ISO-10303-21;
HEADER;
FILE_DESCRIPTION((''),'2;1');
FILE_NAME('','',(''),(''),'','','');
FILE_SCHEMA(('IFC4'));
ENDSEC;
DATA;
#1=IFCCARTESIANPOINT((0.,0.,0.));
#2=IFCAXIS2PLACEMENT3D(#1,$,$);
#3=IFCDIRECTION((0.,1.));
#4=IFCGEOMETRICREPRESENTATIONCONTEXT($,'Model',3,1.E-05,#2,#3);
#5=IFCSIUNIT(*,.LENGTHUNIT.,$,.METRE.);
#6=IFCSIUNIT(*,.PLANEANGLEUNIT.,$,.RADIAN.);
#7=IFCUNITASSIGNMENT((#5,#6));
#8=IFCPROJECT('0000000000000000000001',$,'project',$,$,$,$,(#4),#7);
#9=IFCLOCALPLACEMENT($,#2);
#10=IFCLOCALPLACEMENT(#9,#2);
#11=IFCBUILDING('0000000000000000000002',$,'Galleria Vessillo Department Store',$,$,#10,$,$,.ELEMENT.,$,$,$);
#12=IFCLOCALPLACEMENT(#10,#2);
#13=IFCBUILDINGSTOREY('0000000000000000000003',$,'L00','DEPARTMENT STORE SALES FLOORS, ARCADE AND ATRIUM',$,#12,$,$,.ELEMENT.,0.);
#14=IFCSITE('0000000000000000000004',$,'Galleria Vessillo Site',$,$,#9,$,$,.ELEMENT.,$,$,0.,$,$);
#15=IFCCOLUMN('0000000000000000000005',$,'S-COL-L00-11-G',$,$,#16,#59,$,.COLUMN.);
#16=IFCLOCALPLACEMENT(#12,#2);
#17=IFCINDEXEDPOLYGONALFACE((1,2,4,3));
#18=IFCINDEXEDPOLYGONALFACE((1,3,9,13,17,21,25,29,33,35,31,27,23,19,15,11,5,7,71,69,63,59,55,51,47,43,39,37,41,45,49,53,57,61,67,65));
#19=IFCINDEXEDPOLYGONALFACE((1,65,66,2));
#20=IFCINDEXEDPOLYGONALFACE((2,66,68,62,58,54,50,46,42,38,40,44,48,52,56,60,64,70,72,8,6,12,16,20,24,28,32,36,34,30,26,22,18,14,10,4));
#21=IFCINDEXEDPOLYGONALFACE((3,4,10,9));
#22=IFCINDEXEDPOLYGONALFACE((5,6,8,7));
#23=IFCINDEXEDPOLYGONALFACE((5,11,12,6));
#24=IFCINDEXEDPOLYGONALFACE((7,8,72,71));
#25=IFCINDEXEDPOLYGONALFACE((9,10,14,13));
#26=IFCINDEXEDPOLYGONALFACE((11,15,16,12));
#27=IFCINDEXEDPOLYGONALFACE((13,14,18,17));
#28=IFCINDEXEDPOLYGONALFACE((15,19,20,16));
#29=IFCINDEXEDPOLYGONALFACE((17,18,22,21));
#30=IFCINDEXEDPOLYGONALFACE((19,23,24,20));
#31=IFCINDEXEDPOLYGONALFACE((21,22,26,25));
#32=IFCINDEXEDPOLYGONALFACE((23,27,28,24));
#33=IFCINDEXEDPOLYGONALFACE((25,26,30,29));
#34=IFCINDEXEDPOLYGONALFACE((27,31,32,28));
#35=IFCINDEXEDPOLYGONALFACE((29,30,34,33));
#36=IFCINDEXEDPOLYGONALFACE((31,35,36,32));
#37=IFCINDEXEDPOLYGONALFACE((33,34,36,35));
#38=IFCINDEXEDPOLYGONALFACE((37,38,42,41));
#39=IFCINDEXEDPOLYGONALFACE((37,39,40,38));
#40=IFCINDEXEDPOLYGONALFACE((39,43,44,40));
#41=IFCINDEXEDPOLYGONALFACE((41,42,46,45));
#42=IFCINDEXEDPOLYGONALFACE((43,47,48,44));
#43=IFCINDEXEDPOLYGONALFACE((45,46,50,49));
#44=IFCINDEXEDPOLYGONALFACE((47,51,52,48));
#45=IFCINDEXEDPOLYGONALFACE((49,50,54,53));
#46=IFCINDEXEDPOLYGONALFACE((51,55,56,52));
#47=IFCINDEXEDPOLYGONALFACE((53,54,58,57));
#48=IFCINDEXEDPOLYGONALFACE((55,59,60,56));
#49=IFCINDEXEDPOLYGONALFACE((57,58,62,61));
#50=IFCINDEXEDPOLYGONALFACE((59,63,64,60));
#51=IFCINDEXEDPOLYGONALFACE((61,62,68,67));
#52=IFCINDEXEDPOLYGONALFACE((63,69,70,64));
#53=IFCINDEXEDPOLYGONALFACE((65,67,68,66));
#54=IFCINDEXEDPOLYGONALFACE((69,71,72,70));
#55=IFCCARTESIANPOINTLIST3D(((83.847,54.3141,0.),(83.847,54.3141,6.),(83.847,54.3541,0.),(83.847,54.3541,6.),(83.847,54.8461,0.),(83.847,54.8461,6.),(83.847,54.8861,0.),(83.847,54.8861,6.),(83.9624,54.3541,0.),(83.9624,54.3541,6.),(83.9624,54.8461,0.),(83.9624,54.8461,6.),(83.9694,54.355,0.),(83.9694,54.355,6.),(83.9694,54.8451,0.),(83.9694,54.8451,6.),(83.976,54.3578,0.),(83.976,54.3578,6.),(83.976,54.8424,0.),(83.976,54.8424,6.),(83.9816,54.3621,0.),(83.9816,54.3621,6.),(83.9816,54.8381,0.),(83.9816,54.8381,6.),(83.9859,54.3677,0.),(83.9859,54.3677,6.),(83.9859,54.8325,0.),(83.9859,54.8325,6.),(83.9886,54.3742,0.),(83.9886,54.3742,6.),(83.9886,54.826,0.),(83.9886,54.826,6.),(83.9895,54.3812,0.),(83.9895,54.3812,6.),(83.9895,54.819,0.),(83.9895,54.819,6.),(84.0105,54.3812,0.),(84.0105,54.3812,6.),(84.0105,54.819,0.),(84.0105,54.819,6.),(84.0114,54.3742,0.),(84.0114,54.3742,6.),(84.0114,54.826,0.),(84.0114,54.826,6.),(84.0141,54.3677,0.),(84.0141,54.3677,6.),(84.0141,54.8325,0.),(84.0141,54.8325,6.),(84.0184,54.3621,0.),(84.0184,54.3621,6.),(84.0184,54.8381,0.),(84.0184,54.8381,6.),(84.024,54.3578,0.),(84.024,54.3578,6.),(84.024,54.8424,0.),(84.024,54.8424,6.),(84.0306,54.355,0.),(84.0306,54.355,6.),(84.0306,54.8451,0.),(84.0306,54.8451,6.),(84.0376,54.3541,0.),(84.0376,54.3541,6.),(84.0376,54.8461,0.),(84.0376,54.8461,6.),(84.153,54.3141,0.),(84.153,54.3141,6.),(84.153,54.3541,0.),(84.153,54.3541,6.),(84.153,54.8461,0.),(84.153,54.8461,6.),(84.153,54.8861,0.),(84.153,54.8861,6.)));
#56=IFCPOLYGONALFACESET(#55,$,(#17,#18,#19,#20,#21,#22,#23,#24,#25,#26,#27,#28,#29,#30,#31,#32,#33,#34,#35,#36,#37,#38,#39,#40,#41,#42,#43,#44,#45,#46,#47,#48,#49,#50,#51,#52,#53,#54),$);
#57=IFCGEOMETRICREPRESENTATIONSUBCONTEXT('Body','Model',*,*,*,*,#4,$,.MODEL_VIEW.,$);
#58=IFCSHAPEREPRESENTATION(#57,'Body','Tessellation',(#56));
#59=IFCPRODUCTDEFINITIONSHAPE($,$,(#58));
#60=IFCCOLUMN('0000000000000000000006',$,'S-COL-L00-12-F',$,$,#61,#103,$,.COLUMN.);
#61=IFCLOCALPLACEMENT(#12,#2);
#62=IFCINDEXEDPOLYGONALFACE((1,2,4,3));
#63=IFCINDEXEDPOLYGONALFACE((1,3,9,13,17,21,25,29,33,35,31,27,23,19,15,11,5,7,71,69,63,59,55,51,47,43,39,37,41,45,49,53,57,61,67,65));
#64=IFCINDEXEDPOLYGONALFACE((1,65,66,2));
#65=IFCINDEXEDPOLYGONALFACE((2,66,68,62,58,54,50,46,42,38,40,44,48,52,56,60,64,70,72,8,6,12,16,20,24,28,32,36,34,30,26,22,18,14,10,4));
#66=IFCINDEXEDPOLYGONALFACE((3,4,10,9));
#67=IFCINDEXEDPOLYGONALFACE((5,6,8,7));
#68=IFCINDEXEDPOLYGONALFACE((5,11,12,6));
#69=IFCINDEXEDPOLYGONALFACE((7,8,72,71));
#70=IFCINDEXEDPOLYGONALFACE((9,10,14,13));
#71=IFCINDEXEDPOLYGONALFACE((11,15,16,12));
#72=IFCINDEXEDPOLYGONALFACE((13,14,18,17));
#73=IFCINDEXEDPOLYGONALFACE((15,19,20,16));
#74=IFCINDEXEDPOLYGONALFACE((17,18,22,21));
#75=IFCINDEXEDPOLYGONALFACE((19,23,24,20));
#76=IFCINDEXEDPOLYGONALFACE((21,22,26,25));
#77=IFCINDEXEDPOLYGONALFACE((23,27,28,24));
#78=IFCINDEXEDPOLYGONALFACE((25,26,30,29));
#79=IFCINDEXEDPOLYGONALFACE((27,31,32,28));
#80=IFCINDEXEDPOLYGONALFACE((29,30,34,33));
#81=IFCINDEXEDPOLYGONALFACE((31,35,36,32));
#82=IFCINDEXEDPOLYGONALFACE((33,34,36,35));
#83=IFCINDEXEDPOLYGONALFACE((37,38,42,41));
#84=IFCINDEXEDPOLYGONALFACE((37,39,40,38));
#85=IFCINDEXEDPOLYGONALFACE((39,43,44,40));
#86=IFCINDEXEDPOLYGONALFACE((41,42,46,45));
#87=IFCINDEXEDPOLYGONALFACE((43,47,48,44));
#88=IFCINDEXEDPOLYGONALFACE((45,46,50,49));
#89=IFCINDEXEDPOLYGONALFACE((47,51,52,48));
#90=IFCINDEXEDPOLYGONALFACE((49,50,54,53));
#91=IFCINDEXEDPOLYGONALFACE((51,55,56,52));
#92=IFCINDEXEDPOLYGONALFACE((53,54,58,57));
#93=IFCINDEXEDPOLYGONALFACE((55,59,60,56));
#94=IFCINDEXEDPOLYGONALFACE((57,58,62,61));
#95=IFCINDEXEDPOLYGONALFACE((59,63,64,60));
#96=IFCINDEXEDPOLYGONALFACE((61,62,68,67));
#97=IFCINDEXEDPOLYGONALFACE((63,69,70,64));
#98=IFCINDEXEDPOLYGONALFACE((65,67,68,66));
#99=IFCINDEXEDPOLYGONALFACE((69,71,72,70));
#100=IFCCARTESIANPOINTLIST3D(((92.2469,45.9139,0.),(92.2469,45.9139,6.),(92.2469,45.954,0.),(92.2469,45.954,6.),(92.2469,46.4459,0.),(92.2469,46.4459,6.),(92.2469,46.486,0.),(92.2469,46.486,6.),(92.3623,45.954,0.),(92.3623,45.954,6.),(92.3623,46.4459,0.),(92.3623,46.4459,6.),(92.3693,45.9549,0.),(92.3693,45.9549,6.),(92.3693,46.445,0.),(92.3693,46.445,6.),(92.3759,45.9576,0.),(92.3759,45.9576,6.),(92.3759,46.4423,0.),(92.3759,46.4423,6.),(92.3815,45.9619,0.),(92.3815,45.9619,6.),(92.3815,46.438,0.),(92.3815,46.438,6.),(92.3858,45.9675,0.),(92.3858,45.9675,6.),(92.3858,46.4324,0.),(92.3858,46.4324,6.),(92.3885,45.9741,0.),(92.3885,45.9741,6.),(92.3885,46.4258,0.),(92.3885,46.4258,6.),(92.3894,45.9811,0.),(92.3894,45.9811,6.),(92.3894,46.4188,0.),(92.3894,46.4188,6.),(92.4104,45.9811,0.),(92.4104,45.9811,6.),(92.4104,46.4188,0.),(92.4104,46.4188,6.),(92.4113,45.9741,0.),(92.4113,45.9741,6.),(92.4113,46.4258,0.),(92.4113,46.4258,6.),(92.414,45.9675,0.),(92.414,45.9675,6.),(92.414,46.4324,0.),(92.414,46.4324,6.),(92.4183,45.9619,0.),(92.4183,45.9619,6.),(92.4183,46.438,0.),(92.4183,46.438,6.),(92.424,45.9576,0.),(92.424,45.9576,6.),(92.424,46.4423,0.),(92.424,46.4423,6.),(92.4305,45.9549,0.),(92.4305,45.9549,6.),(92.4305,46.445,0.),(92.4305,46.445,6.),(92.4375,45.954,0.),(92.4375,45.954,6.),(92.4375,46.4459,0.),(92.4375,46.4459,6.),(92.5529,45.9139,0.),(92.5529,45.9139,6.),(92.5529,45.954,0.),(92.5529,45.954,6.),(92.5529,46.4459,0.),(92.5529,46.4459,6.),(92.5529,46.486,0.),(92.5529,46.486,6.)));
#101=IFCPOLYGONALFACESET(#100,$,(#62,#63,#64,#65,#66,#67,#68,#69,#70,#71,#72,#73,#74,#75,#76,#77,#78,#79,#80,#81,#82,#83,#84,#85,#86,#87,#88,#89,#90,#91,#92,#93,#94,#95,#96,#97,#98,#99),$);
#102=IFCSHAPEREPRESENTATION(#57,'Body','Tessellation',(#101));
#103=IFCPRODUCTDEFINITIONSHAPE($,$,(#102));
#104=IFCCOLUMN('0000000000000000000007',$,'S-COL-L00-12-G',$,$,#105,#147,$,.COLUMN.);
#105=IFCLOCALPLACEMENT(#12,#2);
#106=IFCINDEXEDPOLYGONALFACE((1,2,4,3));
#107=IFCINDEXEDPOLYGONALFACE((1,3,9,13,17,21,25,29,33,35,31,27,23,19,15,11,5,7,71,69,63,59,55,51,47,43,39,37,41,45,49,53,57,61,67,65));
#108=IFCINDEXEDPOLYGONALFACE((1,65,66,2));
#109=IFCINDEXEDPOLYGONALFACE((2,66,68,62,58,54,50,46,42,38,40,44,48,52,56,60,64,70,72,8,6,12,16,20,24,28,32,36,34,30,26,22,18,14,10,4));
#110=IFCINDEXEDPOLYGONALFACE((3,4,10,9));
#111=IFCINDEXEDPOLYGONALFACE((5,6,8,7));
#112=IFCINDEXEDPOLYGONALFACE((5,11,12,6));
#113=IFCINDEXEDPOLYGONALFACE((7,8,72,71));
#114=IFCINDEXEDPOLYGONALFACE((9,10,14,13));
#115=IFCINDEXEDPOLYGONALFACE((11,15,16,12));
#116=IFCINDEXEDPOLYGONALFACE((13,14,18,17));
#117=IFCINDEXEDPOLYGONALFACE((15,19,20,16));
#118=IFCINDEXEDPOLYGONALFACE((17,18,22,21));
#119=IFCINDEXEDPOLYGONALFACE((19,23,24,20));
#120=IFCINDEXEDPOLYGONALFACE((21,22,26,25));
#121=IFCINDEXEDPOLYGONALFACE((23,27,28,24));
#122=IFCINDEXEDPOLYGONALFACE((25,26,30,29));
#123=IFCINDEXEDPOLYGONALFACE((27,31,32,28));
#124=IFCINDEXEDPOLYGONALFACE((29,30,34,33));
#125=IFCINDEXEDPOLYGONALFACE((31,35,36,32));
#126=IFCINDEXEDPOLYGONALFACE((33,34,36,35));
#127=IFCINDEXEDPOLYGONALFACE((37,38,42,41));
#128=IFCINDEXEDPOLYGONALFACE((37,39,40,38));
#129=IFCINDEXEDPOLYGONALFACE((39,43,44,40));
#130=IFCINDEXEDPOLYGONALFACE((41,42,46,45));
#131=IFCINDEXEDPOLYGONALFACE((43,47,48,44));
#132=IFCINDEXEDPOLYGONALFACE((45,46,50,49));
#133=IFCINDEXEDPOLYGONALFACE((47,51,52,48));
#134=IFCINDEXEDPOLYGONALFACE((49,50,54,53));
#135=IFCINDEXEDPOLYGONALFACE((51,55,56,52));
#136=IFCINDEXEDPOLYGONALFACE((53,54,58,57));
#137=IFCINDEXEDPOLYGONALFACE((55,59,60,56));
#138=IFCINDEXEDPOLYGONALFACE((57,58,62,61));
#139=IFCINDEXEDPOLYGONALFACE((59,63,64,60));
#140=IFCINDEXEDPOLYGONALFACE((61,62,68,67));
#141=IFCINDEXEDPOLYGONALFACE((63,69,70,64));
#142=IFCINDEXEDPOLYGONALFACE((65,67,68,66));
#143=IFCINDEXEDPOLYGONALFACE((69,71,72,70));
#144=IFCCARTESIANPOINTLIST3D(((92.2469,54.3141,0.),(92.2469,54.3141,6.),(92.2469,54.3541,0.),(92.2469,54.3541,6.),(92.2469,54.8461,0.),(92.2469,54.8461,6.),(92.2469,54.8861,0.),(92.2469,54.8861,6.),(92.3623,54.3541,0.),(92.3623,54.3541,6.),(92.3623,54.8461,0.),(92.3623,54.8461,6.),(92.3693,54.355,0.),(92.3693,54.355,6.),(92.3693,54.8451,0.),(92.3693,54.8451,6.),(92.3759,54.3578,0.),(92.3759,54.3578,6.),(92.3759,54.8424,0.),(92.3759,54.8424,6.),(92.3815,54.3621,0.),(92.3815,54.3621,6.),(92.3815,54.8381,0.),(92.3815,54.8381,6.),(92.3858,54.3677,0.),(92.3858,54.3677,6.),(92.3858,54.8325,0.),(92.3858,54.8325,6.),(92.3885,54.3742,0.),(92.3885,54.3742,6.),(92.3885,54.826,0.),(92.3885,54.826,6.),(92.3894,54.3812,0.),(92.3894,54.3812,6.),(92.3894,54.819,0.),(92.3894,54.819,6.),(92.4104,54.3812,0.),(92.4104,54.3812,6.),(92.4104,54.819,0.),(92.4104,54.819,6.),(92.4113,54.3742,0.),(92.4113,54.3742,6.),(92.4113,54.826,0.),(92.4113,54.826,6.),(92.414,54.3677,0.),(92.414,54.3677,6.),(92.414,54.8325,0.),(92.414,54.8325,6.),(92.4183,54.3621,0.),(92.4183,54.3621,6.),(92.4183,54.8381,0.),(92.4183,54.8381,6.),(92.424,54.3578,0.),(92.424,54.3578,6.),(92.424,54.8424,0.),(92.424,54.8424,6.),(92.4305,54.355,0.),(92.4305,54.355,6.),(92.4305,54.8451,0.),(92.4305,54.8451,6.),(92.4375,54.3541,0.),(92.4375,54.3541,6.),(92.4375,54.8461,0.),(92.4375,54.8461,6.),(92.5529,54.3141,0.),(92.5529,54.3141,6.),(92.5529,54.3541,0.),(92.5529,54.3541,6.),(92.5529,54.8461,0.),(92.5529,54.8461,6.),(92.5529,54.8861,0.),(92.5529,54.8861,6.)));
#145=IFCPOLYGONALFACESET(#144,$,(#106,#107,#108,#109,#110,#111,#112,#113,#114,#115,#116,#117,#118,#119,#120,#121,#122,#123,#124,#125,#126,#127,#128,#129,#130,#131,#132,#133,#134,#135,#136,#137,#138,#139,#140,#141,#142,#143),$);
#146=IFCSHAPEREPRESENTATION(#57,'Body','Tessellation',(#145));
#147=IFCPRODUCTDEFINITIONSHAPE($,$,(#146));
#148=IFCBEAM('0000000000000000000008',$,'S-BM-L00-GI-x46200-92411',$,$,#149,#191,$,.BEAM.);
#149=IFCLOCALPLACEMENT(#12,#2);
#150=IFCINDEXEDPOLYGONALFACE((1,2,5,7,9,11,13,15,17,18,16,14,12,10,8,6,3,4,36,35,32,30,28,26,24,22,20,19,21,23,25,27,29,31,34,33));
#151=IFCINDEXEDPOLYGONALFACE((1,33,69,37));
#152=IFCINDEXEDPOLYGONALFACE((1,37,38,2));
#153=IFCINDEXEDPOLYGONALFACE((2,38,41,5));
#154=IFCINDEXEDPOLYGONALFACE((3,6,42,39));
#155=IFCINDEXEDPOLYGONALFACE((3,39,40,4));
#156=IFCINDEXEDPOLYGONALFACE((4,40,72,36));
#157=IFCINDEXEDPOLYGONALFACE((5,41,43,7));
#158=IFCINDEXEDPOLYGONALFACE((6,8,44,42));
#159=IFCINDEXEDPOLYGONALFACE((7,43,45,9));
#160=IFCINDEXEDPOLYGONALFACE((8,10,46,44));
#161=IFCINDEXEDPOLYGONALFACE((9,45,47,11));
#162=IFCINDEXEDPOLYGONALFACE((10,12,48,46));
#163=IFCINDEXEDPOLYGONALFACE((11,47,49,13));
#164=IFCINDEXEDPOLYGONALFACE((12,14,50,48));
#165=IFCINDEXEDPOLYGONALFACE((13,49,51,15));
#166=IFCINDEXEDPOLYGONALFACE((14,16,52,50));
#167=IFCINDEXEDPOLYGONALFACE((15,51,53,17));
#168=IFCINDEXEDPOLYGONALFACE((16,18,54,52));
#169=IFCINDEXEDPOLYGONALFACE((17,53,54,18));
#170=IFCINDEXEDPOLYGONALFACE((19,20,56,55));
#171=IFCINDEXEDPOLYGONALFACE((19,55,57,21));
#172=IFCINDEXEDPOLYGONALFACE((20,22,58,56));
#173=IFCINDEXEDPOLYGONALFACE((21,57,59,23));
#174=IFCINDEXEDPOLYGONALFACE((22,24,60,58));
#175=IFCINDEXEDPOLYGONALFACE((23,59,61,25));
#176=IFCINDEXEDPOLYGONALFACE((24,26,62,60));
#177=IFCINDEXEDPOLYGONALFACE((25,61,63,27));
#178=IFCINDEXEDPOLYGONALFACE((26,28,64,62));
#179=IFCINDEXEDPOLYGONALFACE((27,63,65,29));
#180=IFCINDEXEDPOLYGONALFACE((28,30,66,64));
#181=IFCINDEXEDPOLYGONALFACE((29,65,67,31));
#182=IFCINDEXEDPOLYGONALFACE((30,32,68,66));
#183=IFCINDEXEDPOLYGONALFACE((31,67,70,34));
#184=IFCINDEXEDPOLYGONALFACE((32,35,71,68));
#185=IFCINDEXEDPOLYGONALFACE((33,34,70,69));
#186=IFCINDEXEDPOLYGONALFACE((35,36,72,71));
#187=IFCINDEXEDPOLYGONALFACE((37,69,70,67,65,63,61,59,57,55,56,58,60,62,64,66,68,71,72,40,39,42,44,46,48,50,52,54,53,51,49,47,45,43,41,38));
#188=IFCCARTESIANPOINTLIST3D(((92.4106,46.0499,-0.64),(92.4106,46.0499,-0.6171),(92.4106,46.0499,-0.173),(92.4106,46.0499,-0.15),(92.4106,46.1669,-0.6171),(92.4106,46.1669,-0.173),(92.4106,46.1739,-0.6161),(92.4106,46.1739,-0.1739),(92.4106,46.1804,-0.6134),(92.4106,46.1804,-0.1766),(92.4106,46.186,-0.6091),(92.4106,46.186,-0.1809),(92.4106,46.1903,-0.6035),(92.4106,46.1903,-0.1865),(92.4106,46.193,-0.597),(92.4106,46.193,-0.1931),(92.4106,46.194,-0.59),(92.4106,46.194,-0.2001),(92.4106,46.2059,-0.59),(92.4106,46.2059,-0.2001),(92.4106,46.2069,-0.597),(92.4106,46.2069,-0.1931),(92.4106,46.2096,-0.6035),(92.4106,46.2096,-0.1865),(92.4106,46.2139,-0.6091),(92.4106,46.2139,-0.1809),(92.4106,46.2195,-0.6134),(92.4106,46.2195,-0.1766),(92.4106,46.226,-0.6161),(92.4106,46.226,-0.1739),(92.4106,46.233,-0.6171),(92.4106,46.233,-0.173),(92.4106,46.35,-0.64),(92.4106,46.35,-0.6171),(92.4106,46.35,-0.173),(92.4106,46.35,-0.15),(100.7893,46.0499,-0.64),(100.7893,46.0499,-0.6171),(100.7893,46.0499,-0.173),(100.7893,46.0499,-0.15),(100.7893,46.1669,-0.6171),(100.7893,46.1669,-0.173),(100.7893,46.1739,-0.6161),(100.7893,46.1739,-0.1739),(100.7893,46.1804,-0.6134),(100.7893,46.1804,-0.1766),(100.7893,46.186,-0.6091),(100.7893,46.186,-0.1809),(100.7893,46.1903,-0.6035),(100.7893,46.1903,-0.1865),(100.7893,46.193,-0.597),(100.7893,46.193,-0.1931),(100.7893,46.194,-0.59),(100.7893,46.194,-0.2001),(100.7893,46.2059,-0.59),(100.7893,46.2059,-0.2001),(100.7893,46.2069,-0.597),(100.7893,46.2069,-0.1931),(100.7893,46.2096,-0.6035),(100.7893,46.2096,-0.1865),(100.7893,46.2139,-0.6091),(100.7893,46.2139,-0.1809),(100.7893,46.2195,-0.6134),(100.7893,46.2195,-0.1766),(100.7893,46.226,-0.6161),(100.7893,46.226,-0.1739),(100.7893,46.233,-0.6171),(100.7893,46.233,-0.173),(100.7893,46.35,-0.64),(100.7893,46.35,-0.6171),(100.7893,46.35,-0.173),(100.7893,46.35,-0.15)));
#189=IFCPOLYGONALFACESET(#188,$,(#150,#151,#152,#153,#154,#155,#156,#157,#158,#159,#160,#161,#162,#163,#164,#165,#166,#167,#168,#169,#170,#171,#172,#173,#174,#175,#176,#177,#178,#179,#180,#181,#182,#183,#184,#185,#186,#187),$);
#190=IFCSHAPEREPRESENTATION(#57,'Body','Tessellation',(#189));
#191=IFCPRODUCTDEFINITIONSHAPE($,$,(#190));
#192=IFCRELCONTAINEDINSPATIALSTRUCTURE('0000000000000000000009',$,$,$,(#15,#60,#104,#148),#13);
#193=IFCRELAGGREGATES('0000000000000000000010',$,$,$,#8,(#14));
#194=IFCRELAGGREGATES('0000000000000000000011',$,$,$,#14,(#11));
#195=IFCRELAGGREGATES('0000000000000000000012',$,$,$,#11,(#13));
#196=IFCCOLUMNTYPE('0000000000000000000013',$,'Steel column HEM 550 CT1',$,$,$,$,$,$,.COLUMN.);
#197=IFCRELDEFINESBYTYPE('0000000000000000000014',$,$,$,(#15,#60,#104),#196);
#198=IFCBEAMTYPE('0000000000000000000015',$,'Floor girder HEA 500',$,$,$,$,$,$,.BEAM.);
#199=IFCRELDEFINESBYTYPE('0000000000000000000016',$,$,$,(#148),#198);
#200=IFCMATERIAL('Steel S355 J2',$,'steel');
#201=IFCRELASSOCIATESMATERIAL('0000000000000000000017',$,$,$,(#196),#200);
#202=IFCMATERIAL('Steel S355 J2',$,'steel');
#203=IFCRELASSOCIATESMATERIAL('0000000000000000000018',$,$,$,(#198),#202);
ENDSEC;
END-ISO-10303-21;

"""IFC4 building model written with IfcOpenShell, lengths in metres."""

from ifc_helpers import new_model, si_unit, direction, frame, origin, origin_2d, place, context, subcontext, project, spatial, i_section, extrude, material, material_profile, profile_set, type_object, element, save


model = new_model("IFC4")

# Units and contexts
model_context = context("Model", 3, precision=1e-05, world=origin(), true_north=direction((0.0, 1.0)))
body_context = subcontext(model_context, "Body", "Model", "MODEL_VIEW")
ifc_project = project(units=[si_unit("LENGTHUNIT", "METRE"), si_unit("PLANEANGLEUNIT", "RADIAN")], contexts=[model_context])

# Site, building, storey
site_placement = place(None, origin())
site = spatial("IfcSite", under=ifc_project, at=site_placement, Name="Galleria Vessillo Site", CompositionType="ELEMENT", RefElevation=0.0)
building_placement = place(site_placement, origin())
building = spatial("IfcBuilding", under=site, at=building_placement, Name="Galleria Vessillo Department Store", CompositionType="ELEMENT")
storey_placement = place(building_placement, origin())
storey = spatial("IfcBuildingStorey", under=building, at=storey_placement, Name="L00", Description="DEPARTMENT STORE SALES FLOORS, ARCADE AND ATRIUM", CompositionType="ELEMENT", Elevation=0.0)

# Columns
ifc_material_1 = material(Name="Steel S355 J2", Category="steel")
ifc_material_profile_1 = material_profile(ifc_material_1, i_section(OverallWidth=0.3059, OverallDepth=0.572, WebThickness=0.021, FlangeThickness=0.04, FilletRadius=0.0271, at=origin_2d()), Name="HEM 550")
ifc_profile_set_1 = profile_set([ifc_material_profile_1], Name="Steel S355 J2")
column_type = type_object("IfcColumnType", Name="Steel column HEM 550 CT1", PredefinedType="COLUMN", material=ifc_profile_set_1)
for number, where, z_axis, x_axis, name in (
    (1, (84.0, 54.6001, 0.0), (0.0, 0.0, 1.0), (1.0, 0.0, 0.0), "S-COL-L00-11-G"),
    (2, (92.3999, 46.2, 0.0), (0.0, 0.0, 1.0), (1.0, 0.0, 0.0), "S-COL-L00-12-F"),
    (3, (92.3999, 54.6001, 0.0), (0.0, 0.0, 1.0), (1.0, 0.0, 0.0), "S-COL-L00-12-G"),
):
    element("IfcColumn", number, at=place(storey_placement, frame(where, z_axis=z_axis, x_axis=x_axis)), inside=storey, type_object=column_type, Name=name, PredefinedType="COLUMN", context=body_context, shape_type="SweptSolid", body=[
        extrude(i_section(OverallWidth=0.3059, OverallDepth=0.572, WebThickness=0.021, FlangeThickness=0.04, FilletRadius=0.0271, at=origin_2d()), origin(), (0.0, 0.0, 1.0), 6.0),
    ])

# Beam
ifc_material_2 = material(Name="Steel S355 J2", Category="steel")
ifc_material_profile_2 = material_profile(ifc_material_2, i_section(OverallWidth=0.3, OverallDepth=0.49, WebThickness=0.012, FlangeThickness=0.0229, FilletRadius=0.0271, at=origin_2d()), Name="HEA 500")
ifc_profile_set_2 = profile_set([ifc_material_profile_2], Name="Steel S355 J2")
beam_type_1 = type_object("IfcBeamType", Name="Floor girder HEA 500", PredefinedType="BEAM", material=ifc_profile_set_2)
beam_1_placement = place(storey_placement, frame((92.4106, 46.2, -0.395), z_axis=(1.0, 0.0, 0.0), x_axis=(0.0, 1.0, 0.0)))
element("IfcBeam", 4, at=beam_1_placement, inside=storey, type_object=beam_type_1, Name="S-BM-L00-GI-x46200-92411", PredefinedType="BEAM", context=body_context, shape_type="SweptSolid", body=[
    extrude(i_section(OverallWidth=0.3, OverallDepth=0.49, WebThickness=0.012, FlangeThickness=0.0229, FilletRadius=0.0271, at=origin_2d()), origin(), (0.0, 0.0, 1.0), 8.3787),
])

save(model, "model.ifc")
